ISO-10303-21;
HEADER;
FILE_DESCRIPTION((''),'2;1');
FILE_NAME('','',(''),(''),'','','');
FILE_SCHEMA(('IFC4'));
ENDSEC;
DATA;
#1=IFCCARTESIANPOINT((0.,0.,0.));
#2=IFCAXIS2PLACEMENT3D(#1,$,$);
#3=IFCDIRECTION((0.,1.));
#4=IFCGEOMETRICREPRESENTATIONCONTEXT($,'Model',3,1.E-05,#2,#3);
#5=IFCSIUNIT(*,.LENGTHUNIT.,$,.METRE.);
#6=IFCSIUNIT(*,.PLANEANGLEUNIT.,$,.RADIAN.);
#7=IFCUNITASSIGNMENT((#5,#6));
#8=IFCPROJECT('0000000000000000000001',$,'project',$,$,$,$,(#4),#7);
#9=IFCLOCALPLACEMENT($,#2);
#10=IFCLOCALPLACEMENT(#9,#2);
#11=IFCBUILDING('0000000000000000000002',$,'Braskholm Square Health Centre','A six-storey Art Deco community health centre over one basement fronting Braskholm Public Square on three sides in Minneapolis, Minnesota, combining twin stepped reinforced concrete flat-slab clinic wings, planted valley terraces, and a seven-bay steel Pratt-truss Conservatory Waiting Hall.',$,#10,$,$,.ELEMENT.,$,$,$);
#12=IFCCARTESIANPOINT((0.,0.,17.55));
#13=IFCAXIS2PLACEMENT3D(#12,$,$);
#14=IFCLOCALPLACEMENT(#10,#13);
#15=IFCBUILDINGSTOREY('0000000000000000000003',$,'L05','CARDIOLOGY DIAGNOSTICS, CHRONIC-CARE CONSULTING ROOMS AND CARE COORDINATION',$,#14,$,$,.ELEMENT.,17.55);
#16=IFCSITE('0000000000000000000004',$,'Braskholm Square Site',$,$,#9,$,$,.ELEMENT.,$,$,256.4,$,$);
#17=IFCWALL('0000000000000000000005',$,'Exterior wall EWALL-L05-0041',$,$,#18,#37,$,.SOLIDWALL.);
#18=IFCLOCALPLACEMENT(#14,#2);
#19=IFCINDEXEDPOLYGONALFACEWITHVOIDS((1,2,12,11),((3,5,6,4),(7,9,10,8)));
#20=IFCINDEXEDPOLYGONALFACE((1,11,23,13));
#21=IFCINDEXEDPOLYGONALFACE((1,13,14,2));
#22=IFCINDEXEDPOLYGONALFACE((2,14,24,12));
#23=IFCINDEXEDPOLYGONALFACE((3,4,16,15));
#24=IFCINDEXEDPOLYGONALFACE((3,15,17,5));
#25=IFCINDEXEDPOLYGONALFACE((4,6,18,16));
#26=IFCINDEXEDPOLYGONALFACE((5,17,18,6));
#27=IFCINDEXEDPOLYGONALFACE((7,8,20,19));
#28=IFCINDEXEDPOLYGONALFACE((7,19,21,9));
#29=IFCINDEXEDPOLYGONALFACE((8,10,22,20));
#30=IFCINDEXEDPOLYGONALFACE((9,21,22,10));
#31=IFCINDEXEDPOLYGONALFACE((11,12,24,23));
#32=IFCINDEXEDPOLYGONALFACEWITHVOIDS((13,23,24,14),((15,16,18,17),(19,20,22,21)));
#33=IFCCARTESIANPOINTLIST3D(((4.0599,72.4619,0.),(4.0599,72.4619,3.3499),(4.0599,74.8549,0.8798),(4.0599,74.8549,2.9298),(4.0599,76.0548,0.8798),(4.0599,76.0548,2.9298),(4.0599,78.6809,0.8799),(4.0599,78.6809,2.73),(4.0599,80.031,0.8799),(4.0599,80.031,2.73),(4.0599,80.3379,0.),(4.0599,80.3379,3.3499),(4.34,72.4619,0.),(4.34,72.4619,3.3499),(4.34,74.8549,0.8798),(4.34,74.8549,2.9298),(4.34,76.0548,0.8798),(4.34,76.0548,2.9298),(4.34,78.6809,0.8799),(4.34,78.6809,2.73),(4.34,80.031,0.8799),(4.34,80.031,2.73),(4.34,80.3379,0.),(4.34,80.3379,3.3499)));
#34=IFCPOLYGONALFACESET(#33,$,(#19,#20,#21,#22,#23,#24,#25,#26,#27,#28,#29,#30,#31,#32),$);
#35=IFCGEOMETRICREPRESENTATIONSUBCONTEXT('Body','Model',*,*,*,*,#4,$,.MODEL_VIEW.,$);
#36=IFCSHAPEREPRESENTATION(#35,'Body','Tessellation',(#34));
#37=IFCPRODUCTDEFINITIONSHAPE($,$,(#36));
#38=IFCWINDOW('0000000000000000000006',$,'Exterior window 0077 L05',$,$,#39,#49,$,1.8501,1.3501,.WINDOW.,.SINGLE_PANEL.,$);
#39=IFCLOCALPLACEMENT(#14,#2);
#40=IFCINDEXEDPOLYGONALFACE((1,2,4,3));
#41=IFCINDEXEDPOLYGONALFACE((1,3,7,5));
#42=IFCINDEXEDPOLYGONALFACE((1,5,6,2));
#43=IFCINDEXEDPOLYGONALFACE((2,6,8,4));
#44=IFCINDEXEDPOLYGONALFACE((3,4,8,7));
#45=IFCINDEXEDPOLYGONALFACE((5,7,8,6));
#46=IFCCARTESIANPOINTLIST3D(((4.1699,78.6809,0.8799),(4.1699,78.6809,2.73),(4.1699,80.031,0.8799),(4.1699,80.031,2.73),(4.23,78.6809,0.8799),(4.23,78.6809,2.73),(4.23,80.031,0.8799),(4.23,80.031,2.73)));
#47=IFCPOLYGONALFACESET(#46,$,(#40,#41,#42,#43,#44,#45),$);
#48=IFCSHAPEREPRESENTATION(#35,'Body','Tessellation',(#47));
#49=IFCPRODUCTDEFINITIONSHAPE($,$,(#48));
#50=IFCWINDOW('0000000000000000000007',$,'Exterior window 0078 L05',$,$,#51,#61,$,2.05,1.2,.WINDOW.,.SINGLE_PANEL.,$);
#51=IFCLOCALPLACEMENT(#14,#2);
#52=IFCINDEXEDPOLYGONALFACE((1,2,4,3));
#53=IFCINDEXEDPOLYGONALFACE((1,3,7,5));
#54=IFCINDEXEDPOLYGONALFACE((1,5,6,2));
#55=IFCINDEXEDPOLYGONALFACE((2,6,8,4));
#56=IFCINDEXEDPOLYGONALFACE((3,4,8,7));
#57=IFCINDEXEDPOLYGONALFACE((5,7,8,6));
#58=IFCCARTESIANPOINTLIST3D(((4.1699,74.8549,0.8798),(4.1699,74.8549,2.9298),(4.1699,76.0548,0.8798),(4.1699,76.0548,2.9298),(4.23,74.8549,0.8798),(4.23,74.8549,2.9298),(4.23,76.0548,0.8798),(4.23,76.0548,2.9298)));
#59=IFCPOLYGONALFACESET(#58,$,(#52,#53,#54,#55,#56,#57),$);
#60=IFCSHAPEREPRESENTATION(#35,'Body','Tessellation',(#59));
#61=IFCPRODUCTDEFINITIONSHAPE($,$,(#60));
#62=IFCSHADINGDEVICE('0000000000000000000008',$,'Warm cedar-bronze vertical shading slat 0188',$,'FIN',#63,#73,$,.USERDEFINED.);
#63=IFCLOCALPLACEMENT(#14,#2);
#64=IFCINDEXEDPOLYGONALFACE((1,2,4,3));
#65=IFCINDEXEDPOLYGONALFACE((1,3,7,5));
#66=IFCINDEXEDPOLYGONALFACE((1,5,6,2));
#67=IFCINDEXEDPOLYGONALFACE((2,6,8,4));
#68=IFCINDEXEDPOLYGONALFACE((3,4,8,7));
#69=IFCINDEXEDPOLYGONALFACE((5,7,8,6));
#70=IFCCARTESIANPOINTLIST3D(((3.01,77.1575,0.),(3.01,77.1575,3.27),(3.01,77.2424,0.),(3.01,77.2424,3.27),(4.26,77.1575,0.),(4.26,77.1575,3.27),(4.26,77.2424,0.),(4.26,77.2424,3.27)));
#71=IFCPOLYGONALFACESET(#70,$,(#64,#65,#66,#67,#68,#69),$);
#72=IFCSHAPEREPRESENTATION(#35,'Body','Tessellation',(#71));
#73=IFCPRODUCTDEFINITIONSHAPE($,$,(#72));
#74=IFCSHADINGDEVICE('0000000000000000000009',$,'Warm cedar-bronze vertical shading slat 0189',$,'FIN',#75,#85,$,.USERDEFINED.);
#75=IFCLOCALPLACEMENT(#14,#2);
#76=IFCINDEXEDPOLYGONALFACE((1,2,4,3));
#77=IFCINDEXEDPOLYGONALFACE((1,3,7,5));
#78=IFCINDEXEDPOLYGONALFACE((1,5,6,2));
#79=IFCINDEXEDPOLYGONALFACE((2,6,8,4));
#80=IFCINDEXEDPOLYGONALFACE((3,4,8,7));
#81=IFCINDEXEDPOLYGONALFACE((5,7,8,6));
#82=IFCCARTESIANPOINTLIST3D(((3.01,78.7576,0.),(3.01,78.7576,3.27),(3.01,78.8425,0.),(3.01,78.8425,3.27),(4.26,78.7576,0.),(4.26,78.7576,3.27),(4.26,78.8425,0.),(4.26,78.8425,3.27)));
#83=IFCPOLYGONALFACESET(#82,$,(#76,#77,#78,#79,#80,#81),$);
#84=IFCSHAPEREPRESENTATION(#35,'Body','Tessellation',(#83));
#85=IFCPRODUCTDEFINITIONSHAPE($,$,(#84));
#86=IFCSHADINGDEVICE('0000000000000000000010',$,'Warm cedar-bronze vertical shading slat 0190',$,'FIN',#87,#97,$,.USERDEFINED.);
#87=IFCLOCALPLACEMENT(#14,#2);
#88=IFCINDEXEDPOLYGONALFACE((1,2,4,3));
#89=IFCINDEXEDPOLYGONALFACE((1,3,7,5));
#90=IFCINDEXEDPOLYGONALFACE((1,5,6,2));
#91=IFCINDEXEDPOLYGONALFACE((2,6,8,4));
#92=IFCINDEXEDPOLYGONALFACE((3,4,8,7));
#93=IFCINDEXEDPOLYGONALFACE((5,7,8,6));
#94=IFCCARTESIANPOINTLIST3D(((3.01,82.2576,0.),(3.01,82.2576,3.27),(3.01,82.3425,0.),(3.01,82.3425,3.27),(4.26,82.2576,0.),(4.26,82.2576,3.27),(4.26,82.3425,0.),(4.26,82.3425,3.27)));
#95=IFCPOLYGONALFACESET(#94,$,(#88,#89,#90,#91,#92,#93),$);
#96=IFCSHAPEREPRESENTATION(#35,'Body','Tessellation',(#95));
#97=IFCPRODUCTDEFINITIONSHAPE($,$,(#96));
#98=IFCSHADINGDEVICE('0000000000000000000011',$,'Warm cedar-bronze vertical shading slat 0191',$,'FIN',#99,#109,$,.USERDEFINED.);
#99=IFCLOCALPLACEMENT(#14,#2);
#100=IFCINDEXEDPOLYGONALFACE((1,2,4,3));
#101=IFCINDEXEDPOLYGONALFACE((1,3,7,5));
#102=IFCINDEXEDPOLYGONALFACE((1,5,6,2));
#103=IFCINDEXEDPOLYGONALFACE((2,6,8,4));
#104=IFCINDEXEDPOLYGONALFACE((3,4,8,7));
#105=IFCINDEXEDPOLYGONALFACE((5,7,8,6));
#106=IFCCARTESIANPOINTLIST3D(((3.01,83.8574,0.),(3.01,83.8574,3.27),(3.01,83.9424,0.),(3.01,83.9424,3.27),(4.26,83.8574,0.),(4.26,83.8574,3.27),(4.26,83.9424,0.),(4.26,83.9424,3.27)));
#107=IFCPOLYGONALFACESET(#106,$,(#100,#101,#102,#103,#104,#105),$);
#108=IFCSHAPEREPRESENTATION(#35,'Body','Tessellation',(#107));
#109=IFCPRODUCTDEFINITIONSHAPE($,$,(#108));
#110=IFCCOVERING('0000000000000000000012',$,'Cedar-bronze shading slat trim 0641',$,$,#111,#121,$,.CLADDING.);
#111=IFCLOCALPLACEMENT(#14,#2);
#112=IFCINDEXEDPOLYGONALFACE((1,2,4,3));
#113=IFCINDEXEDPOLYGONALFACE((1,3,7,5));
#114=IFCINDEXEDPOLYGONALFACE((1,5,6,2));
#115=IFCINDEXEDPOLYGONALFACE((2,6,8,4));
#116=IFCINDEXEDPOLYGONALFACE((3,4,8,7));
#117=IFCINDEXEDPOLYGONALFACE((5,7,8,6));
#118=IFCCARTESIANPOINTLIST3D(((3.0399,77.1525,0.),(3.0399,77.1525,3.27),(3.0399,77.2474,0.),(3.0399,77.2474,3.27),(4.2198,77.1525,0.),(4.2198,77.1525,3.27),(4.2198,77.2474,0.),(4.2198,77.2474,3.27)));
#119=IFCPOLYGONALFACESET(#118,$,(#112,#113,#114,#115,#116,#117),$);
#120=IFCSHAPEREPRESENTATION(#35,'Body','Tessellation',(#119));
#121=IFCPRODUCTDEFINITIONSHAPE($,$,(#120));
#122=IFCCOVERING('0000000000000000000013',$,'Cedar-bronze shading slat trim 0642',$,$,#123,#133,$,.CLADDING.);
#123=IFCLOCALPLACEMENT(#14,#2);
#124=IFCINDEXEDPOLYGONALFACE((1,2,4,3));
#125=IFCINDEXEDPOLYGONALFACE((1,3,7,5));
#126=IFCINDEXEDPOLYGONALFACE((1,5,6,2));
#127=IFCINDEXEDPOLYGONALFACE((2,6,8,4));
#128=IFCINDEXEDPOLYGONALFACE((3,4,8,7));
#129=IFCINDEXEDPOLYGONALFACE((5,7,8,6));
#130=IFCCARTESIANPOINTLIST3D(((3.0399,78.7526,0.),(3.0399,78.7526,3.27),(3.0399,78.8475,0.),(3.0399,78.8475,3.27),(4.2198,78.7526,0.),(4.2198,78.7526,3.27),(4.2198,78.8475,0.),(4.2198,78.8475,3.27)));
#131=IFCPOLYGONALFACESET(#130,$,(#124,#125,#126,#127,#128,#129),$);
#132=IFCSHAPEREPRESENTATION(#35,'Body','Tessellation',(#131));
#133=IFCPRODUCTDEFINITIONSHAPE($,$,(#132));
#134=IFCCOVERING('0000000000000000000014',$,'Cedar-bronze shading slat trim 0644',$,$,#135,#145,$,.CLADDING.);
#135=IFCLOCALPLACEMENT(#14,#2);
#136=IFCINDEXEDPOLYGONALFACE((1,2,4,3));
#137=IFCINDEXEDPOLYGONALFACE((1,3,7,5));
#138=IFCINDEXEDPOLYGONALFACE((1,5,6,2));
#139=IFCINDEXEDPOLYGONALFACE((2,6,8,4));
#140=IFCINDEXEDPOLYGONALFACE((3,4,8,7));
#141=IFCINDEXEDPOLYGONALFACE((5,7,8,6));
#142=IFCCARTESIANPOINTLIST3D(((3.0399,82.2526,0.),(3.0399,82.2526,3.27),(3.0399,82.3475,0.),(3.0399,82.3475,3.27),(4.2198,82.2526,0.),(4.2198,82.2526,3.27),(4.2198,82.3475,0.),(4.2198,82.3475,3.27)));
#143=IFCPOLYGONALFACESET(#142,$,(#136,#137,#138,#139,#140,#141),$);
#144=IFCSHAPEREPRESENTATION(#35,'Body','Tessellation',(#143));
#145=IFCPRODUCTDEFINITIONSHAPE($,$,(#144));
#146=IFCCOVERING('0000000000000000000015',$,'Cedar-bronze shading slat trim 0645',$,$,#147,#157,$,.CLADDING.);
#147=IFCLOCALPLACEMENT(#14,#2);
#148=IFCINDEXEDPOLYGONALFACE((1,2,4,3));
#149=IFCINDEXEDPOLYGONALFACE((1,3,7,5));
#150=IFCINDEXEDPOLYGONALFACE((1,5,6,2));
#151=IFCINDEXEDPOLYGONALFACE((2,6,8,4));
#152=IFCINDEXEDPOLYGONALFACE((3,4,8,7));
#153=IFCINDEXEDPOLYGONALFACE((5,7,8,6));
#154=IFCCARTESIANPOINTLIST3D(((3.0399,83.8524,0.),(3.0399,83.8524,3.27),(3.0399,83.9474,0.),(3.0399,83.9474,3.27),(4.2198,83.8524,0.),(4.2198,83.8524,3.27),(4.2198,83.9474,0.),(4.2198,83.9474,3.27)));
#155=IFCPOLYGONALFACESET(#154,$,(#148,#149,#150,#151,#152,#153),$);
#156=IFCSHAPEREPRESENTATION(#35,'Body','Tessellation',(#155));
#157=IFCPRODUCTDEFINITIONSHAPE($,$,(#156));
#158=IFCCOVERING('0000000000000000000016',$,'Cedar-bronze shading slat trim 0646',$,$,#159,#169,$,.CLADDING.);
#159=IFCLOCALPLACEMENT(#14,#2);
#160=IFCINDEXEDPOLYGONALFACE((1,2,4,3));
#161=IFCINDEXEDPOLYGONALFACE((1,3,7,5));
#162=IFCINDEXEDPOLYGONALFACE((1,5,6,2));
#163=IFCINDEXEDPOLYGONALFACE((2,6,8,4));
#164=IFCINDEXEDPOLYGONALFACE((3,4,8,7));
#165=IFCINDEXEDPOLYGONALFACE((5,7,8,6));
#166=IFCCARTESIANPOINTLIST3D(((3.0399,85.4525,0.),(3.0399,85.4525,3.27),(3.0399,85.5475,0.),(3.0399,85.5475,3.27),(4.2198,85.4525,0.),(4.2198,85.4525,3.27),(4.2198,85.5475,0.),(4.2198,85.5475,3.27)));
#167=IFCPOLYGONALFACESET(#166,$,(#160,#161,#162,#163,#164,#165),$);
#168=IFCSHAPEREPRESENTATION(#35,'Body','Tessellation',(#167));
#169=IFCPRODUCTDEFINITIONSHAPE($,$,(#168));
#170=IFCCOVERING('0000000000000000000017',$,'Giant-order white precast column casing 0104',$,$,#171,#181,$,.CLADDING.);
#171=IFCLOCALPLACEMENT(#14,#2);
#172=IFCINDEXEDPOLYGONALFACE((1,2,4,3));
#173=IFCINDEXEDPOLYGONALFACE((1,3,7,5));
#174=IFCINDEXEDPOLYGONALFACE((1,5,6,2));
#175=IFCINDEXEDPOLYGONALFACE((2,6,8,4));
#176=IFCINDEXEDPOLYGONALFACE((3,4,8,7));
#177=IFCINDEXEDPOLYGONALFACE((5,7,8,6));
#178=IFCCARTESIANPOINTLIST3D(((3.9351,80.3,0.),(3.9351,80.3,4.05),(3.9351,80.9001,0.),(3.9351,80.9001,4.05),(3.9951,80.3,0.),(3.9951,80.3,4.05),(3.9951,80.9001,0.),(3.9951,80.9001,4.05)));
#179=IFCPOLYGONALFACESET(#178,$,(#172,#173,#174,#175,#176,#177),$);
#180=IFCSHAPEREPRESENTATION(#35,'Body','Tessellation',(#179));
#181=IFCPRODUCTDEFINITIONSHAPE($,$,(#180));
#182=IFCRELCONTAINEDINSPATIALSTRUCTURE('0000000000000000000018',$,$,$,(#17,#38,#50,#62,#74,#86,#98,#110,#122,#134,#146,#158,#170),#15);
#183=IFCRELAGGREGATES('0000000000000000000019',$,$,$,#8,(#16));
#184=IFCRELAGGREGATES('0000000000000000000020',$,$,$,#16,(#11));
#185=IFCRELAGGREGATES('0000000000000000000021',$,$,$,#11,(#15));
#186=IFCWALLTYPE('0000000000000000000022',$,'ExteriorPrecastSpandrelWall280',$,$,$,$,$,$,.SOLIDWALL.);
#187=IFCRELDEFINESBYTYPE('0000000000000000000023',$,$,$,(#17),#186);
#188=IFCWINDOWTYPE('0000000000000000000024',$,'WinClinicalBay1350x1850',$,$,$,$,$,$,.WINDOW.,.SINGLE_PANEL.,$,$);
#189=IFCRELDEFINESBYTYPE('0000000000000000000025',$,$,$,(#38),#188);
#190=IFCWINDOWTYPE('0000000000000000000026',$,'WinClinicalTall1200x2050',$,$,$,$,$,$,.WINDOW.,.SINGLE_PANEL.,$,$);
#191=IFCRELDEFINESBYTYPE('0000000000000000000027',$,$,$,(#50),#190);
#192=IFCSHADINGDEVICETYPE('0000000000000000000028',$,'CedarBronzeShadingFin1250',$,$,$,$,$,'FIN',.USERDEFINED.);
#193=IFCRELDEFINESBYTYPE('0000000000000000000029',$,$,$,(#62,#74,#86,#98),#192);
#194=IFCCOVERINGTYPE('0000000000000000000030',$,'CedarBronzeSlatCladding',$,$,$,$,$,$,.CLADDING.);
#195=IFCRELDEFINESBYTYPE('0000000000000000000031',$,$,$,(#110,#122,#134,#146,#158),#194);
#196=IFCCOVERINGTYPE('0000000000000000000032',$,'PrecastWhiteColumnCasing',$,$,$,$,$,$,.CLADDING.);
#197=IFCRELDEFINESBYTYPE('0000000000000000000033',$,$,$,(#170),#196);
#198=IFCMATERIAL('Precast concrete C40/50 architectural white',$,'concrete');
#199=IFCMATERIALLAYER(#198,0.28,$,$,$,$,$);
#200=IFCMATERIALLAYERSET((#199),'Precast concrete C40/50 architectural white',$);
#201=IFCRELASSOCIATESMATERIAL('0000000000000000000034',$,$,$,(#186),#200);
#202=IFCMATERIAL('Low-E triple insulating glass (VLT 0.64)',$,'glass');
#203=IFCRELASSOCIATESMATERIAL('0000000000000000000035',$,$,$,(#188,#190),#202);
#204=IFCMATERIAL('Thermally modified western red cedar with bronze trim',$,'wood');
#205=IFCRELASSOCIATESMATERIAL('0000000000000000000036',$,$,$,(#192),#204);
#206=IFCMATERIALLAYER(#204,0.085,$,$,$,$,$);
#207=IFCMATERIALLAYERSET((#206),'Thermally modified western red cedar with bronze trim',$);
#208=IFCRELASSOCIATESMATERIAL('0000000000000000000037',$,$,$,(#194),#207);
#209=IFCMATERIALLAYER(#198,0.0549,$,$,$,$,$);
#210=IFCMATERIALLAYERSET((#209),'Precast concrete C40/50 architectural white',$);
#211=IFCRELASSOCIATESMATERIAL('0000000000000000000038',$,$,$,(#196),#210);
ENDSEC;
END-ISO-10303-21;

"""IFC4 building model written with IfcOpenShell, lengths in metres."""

from ifc_helpers import new_model, si_unit, direction, frame, frame_2d, origin, origin_with_axes, origin_2d, place, context, subcontext, project, spatial, rectangle, extrude, material, layer, layer_set, type_object, element, fill, save


model = new_model("IFC4")

# Units and contexts
model_context = context("Model", 3, precision=1e-05, world=origin(), true_north=direction((0.0, 1.0)))
body_context = subcontext(model_context, "Body", "Model", "MODEL_VIEW")
ifc_project = project(units=[si_unit("LENGTHUNIT", "METRE"), si_unit("PLANEANGLEUNIT", "RADIAN")], contexts=[model_context])

# Site, building, storey
site_placement = place(None, origin())
site = spatial("IfcSite", under=ifc_project, at=site_placement, Name="Braskholm Square Site", CompositionType="ELEMENT", RefElevation=256.4)
building_placement = place(site_placement, origin())
building = spatial("IfcBuilding", under=site, at=building_placement, Name="Braskholm Square Health Centre", Description="A six-storey Art Deco community health centre over one basement fronting Braskholm Public Square on three sides in Minneapolis, Minnesota, combining twin stepped reinforced concrete flat-slab clinic wings, planted valley terraces, and a seven-bay steel Pratt-truss Conservatory Waiting Hall.", CompositionType="ELEMENT")
storey_placement = place(building_placement, frame((0.0, 0.0, 17.55)))
storey = spatial("IfcBuildingStorey", under=building, at=storey_placement, Name="L05", Description="CARDIOLOGY DIAGNOSTICS, CHRONIC-CARE CONSULTING ROOMS AND CARE COORDINATION", CompositionType="ELEMENT", Elevation=17.55)

# Shared definitions
ifc_material_1 = material(Name="Precast concrete C40/50 architectural white", Category="concrete")

# Shared definitions
ifc_material_2 = material(Name="Low-E triple insulating glass (VLT 0.64)", Category="glass")

# Wall, openings, windows
ifc_layer_1 = layer(ifc_material_1, 0.28)
ifc_layer_set_1 = layer_set([ifc_layer_1], Name="Precast concrete C40/50 architectural white")
wall_type_1 = type_object("IfcWallType", Name="ExteriorPrecastSpandrelWall280", PredefinedType="SOLIDWALL", material=ifc_layer_set_1)
wall_1_placement = place(storey_placement, frame((4.2, 80.3379, 0.0), z_axis=(0.0, 0.0, 1.0), x_axis=(0.0, -1.0, 0.0)))
wall_1 = element("IfcWall", 1, at=wall_1_placement, inside=storey, type_object=wall_type_1, Name="Exterior wall EWALL-L05-0041", PredefinedType="SOLIDWALL", context=body_context, shape_type="SweptSolid", body=[
    extrude(rectangle(XDim=7.876, YDim=0.28, at=frame_2d((3.938, 0.0))), origin(), (0.0, 0.0, 1.0), 3.3499),
])
opening_1_placement = place(wall_1_placement, frame((0.3069, 0.0, 0.8799)))
opening_1 = element("IfcOpeningElement", 2, at=opening_1_placement, cuts=wall_1, PredefinedType="OPENING", context=body_context, shape_type="SweptSolid", body=[
    extrude(rectangle(XDim=1.3501, YDim=1.8501, at=frame_2d((0.675, 0.925))), frame((0.0, 0.1499, 0.0), z_axis=(0.0, -1.0, 0.0), x_axis=(1.0, 0.0, 0.0)), (0.0, 0.0, 1.0), 0.3),
])
opening_2_placement = place(wall_1_placement, frame((4.283, 0.0, 0.8799)))
opening_2 = element("IfcOpeningElement", 3, at=opening_2_placement, cuts=wall_1, PredefinedType="OPENING", context=body_context, shape_type="SweptSolid", body=[
    extrude(rectangle(XDim=1.2, YDim=2.05, at=frame_2d((0.6001, 1.0249))), frame((0.0, 0.1499, 0.0), z_axis=(0.0, -1.0, 0.0), x_axis=(1.0, 0.0, 0.0)), (0.0, 0.0, 1.0), 0.3),
])
window_type_1 = type_object("IfcWindowType", Name="WinClinicalBay1350x1850", PartitioningType="SINGLE_PANEL", PredefinedType="WINDOW", material=ifc_material_2)
window_1_placement = place(opening_1_placement, origin_with_axes())
window_1 = element("IfcWindow", 4, at=window_1_placement, inside=storey, type_object=window_type_1, Name="Exterior window 0077 L05", OverallHeight=1.8501, OverallWidth=1.3501, PartitioningType="SINGLE_PANEL", PredefinedType="WINDOW", context=body_context, shape_type="SweptSolid", body=[
    extrude(rectangle(XDim=1.3501, YDim=1.8501, at=frame_2d((0.675, 0.925))), frame((0.0, 0.03, 0.0), z_axis=(0.0, -1.0, 0.0), x_axis=(1.0, 0.0, 0.0)), (0.0, 0.0, 1.0), 0.0601),
])
fill(opening_1, window_1)
window_type_2 = type_object("IfcWindowType", Name="WinClinicalTall1200x2050", PartitioningType="SINGLE_PANEL", PredefinedType="WINDOW", material=ifc_material_2)
window_2_placement = place(opening_2_placement, origin_with_axes())
window_2 = element("IfcWindow", 5, at=window_2_placement, inside=storey, type_object=window_type_2, Name="Exterior window 0078 L05", OverallHeight=2.05, OverallWidth=1.2, PartitioningType="SINGLE_PANEL", PredefinedType="WINDOW", context=body_context, shape_type="SweptSolid", body=[
    extrude(rectangle(XDim=1.2, YDim=2.05, at=frame_2d((0.6001, 1.0249))), frame((0.0, 0.03, 0.0), z_axis=(0.0, -1.0, 0.0), x_axis=(1.0, 0.0, 0.0)), (0.0, 0.0, 1.0), 0.0601),
])
fill(opening_2, window_2)

# Shading devices
ifc_material_3 = material(Name="Thermally modified western red cedar with bronze trim", Category="wood")
shading_device_type = type_object("IfcShadingDeviceType", Name="CedarBronzeShadingFin1250", ElementType="FIN", PredefinedType="USERDEFINED", material=ifc_material_3)
for number, where, z_axis, x_axis, name in (
    (6, (3.635, 77.2, 0.0), (0.0, 0.0, 1.0), (1.0, 0.0, 0.0), "Warm cedar-bronze vertical shading slat 0188"),
    (7, (3.635, 78.8, 0.0), (0.0, 0.0, 1.0), (1.0, 0.0, 0.0), "Warm cedar-bronze vertical shading slat 0189"),
    (8, (3.635, 82.3, 0.0), (0.0, 0.0, 1.0), (1.0, 0.0, 0.0), "Warm cedar-bronze vertical shading slat 0190"),
    (9, (3.635, 83.8999, 0.0), (0.0, 0.0, 1.0), (1.0, 0.0, 0.0), "Warm cedar-bronze vertical shading slat 0191"),
):
    element("IfcShadingDevice", number, at=place(storey_placement, frame(where, z_axis=z_axis, x_axis=x_axis)), inside=storey, type_object=shading_device_type, Name=name, ObjectType="FIN", PredefinedType="USERDEFINED", context=body_context, shape_type="SweptSolid", body=[
        extrude(rectangle(XDim=1.25, YDim=0.085, at=origin_2d()), origin(), (0.0, 0.0, 1.0), 3.27),
    ])

# Coverings
ifc_layer_2 = layer(ifc_material_3, 0.085)
ifc_layer_set_2 = layer_set([ifc_layer_2], Name="Thermally modified western red cedar with bronze trim")
covering_type_1 = type_object("IfcCoveringType", Name="CedarBronzeSlatCladding", PredefinedType="CLADDING", material=ifc_layer_set_2)
for number, where, z_axis, x_axis, name in (
    (10, (3.6299, 77.2, 0.0), (0.0, 0.0, 1.0), (1.0, 0.0, 0.0), "Cedar-bronze shading slat trim 0641"),
    (11, (3.6299, 78.8, 0.0), (0.0, 0.0, 1.0), (1.0, 0.0, 0.0), "Cedar-bronze shading slat trim 0642"),
    (12, (3.6299, 82.3, 0.0), (0.0, 0.0, 1.0), (1.0, 0.0, 0.0), "Cedar-bronze shading slat trim 0644"),
    (13, (3.6299, 83.8999, 0.0), (0.0, 0.0, 1.0), (1.0, 0.0, 0.0), "Cedar-bronze shading slat trim 0645"),
    (14, (3.6299, 85.5, 0.0), (0.0, 0.0, 1.0), (1.0, 0.0, 0.0), "Cedar-bronze shading slat trim 0646"),
):
    element("IfcCovering", number, at=place(storey_placement, frame(where, z_axis=z_axis, x_axis=x_axis)), inside=storey, type_object=covering_type_1, Name=name, PredefinedType="CLADDING", context=body_context, shape_type="SweptSolid", body=[
        extrude(rectangle(XDim=1.1799, YDim=0.095, at=origin_2d()), origin(), (0.0, 0.0, 1.0), 3.27),
    ])
ifc_layer_3 = layer(ifc_material_1, 0.0549)
ifc_layer_set_3 = layer_set([ifc_layer_3], Name="Precast concrete C40/50 architectural white")
covering_type_2 = type_object("IfcCoveringType", Name="PrecastWhiteColumnCasing", PredefinedType="CLADDING", material=ifc_layer_set_3)
covering_placement = place(storey_placement, frame((3.9651, 80.6001, 0.0), z_axis=(0.0, 0.0, 1.0), x_axis=(1.0, 0.0, 0.0)))
element("IfcCovering", 15, at=covering_placement, inside=storey, type_object=covering_type_2, Name="Giant-order white precast column casing 0104", PredefinedType="CLADDING", context=body_context, shape_type="SweptSolid", body=[
    extrude(rectangle(XDim=0.0601, YDim=0.6001, at=origin_2d()), origin(), (0.0, 0.0, 1.0), 4.05),
])

save(model, "model.ifc")
